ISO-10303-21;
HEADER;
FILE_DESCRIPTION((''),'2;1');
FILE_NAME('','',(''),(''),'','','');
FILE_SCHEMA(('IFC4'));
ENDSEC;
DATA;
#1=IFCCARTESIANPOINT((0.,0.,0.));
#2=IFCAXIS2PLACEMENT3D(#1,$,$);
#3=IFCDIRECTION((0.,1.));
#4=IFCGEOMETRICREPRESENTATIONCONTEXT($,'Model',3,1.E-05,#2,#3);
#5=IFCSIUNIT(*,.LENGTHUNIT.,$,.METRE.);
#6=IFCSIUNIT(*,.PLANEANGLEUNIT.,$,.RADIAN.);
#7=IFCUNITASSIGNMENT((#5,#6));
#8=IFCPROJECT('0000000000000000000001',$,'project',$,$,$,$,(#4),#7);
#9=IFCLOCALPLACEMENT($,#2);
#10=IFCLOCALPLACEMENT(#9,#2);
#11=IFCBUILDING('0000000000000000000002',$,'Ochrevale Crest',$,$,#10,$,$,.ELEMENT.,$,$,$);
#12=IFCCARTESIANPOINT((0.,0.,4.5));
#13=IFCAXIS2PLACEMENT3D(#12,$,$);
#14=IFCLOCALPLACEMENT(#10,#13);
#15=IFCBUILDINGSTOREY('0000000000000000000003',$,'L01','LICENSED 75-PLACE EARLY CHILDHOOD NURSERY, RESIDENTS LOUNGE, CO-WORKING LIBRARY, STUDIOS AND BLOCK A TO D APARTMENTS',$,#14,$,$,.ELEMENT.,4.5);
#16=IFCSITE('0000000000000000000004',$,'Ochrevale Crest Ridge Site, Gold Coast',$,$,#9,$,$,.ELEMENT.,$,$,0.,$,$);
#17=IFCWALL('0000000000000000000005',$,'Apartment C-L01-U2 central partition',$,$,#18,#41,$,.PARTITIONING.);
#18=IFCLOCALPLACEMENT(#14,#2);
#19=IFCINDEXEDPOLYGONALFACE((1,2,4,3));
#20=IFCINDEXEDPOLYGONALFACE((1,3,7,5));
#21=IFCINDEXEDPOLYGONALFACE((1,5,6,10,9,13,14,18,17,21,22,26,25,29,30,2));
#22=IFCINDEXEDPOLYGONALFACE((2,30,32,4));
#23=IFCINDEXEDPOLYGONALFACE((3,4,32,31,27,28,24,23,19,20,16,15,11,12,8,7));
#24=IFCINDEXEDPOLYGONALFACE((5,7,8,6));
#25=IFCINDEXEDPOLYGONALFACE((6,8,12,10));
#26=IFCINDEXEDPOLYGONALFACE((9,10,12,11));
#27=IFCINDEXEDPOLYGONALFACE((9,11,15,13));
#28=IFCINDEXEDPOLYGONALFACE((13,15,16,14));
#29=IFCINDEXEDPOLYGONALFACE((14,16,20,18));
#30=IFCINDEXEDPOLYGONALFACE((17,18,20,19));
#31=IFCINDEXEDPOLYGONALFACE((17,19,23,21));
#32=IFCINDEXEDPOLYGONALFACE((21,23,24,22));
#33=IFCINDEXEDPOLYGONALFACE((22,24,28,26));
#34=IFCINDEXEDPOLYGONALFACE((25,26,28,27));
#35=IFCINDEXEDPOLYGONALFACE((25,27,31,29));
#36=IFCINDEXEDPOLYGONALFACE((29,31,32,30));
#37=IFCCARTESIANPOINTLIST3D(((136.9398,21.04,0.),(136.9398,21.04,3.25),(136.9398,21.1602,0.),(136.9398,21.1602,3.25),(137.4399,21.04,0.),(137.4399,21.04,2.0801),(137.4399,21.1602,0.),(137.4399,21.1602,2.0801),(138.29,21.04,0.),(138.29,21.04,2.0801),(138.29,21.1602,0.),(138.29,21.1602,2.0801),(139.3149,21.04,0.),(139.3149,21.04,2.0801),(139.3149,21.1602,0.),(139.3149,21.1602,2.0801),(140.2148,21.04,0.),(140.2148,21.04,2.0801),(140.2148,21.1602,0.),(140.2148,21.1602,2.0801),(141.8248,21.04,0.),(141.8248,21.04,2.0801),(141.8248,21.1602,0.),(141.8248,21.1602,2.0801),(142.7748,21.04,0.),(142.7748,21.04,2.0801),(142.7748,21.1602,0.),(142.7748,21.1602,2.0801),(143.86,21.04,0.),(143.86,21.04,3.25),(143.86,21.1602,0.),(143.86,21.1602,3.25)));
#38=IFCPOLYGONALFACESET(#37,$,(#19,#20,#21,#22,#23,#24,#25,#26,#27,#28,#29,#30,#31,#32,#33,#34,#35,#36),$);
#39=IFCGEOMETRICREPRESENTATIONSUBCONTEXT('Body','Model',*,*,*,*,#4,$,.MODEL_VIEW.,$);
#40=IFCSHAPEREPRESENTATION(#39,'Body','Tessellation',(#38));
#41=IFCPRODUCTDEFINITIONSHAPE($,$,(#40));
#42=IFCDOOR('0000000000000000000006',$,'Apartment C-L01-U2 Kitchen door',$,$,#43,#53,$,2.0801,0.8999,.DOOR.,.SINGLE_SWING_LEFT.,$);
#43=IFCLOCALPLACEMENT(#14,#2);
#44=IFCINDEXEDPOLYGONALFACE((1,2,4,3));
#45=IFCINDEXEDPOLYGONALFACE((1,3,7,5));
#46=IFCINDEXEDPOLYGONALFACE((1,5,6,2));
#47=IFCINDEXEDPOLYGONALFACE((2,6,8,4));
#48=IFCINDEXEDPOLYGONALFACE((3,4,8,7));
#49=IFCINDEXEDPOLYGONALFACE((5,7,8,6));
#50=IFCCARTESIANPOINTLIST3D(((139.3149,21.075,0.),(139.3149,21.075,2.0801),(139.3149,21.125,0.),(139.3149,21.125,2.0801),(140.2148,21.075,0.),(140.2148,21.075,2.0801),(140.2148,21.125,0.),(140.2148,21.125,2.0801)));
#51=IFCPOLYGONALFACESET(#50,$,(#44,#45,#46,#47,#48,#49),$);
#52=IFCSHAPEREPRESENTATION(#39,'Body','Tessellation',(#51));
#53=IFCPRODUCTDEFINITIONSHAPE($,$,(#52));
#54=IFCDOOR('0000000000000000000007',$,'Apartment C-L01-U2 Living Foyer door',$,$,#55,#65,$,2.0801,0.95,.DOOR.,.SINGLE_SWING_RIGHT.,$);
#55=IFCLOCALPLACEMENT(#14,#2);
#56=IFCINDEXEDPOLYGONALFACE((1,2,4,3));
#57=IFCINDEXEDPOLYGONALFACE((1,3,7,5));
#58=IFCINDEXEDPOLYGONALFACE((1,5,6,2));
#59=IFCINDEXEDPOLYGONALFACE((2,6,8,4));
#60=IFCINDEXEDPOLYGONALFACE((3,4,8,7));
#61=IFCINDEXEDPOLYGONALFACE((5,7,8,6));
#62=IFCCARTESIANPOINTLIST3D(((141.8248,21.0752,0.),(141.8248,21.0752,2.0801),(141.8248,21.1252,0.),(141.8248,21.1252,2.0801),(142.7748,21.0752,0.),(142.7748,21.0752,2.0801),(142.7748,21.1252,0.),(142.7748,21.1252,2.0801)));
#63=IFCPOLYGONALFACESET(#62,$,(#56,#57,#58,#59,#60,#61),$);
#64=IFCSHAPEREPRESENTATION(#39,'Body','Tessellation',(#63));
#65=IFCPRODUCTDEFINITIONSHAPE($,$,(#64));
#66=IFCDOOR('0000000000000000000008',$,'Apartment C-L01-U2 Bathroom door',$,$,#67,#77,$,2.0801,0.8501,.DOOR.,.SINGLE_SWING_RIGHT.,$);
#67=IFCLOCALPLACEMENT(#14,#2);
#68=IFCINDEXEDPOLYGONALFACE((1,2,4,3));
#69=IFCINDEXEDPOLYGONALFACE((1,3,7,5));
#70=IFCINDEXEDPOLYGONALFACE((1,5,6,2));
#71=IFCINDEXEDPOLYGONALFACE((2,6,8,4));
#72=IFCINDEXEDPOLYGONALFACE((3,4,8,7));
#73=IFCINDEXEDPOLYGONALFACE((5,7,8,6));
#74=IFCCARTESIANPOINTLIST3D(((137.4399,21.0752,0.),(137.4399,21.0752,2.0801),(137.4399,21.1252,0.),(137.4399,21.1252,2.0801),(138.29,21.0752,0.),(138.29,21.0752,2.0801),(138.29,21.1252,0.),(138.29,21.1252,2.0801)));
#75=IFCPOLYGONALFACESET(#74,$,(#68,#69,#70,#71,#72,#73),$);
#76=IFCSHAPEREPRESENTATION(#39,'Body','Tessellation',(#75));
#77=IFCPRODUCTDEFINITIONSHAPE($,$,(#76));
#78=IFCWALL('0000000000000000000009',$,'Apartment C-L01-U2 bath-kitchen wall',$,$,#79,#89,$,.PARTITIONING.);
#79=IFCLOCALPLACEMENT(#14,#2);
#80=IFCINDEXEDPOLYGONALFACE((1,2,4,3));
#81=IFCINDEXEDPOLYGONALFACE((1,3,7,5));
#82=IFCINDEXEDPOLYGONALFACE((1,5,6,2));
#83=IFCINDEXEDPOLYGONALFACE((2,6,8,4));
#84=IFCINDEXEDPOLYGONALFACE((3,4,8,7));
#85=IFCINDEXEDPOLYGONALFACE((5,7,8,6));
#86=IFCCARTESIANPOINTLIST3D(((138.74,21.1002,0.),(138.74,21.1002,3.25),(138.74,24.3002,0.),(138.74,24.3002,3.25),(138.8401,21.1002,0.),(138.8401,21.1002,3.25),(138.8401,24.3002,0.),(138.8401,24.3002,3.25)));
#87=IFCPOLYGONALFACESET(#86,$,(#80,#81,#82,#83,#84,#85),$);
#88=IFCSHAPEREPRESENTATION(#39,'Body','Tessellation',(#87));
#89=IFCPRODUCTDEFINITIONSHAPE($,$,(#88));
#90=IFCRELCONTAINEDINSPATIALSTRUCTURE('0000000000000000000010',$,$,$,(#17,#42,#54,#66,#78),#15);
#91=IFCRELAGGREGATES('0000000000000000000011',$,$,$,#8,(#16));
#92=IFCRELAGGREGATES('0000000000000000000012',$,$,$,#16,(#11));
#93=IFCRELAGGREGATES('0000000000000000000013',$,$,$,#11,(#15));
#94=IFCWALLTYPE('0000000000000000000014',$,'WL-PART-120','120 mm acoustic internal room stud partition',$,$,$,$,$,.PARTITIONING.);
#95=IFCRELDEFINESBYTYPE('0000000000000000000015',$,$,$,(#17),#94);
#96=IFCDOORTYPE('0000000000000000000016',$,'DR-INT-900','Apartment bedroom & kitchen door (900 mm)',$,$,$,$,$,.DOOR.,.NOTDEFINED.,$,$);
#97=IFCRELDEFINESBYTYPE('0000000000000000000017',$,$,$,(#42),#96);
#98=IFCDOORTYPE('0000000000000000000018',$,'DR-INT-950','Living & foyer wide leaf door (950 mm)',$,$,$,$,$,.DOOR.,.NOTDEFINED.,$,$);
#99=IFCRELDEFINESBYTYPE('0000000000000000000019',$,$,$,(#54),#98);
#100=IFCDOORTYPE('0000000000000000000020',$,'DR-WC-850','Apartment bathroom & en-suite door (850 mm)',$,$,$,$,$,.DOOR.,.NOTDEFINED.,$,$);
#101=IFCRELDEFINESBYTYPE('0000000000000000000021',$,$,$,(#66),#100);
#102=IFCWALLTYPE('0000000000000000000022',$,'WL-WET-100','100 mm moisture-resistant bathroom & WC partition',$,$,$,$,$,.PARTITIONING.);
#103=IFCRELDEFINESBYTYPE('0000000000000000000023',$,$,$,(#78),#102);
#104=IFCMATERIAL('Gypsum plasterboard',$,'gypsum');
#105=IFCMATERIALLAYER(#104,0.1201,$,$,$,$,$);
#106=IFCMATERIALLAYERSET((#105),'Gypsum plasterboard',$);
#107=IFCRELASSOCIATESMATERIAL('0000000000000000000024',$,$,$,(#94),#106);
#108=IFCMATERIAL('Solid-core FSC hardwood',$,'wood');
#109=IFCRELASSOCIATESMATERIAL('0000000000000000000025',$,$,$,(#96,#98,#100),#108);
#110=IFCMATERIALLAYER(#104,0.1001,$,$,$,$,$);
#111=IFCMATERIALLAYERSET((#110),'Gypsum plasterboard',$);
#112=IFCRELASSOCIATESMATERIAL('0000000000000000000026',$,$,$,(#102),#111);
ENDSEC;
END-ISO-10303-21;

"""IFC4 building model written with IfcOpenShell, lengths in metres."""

from ifc_helpers import new_model, si_unit, direction, frame, frame_2d, origin, place, context, subcontext, project, spatial, rectangle, extrude, material, layer, layer_set, type_object, element, fill, save


model = new_model("IFC4")

# Units and contexts
model_context = context("Model", 3, precision=1e-05, world=origin(), true_north=direction((0.0, 1.0)))
body_context = subcontext(model_context, "Body", "Model", "MODEL_VIEW")
ifc_project = project(units=[si_unit("LENGTHUNIT", "METRE"), si_unit("PLANEANGLEUNIT", "RADIAN")], contexts=[model_context])

# Site, building, storey
site_placement = place(None, origin())
site = spatial("IfcSite", under=ifc_project, at=site_placement, Name="Ochrevale Crest Ridge Site, Gold Coast", CompositionType="ELEMENT", RefElevation=0.0)
building_placement = place(site_placement, origin())
building = spatial("IfcBuilding", under=site, at=building_placement, Name="Ochrevale Crest", CompositionType="ELEMENT")
storey_placement = place(building_placement, frame((0.0, 0.0, 4.5)))
storey = spatial("IfcBuildingStorey", under=building, at=storey_placement, Name="L01", Description="LICENSED 75-PLACE EARLY CHILDHOOD NURSERY, RESIDENTS LOUNGE, CO-WORKING LIBRARY, STUDIOS AND BLOCK A TO D APARTMENTS", CompositionType="ELEMENT", Elevation=4.5)

# Shared definitions
ifc_material_1 = material(Name="Gypsum plasterboard", Category="gypsum")
ifc_material_2 = material(Name="Solid-core FSC hardwood", Category="wood")

# Shared definitions
ifc_layer_1 = layer(ifc_material_1, 0.1201)
ifc_layer_set_1 = layer_set([ifc_layer_1], Name="Gypsum plasterboard")
wall_type_1 = type_object("IfcWallType", Name="WL-PART-120", Description="120 mm acoustic internal room stud partition", PredefinedType="PARTITIONING", material=ifc_layer_set_1)

# Wall, openings, doors
wall_1_placement = place(storey_placement, frame((136.9399, 21.1001, 0.0), z_axis=(0.0, 0.0, 1.0), x_axis=(1.0, 0.0, 0.0)))
wall_1 = element("IfcWall", 1, at=wall_1_placement, inside=storey, type_object=wall_type_1, Name="Apartment C-L01-U2 central partition", PredefinedType="PARTITIONING", context=body_context, shape_type="SweptSolid", body=[
    extrude(rectangle(XDim=6.9202, YDim=0.1201, at=frame_2d((3.46, 0.0))), origin(), (0.0, 0.0, 1.0), 3.25),
])
opening_1_placement = place(wall_1_placement, frame((1.3501, 0.0, 0.0), z_axis=(0.0, 0.0, 1.0), x_axis=(-1.0, 0.0, 0.0)))
opening_1 = element("IfcOpeningElement", 2, at=opening_1_placement, cuts=wall_1, PredefinedType="OPENING", context=body_context, shape_type="SweptSolid", body=[
    extrude(rectangle(XDim=0.8501, YDim=2.0801, at=frame_2d((0.425, 1.04))), frame((0.0, 0.0701, 0.0), z_axis=(0.0, -1.0, 0.0), x_axis=(1.0, 0.0, 0.0)), (0.0, 0.0, 1.0), 0.1401),
])
opening_2_placement = place(wall_1_placement, frame((2.375, 0.0, 0.0)))
opening_2 = element("IfcOpeningElement", 3, at=opening_2_placement, cuts=wall_1, PredefinedType="OPENING", context=body_context, shape_type="SweptSolid", body=[
    extrude(rectangle(XDim=0.8999, YDim=2.0801, at=frame_2d((0.45, 1.04))), frame((0.0, 0.0701, 0.0), z_axis=(0.0, -1.0, 0.0), x_axis=(1.0, 0.0, 0.0)), (0.0, 0.0, 1.0), 0.1401),
])
opening_3_placement = place(wall_1_placement, frame((5.835, 0.0, 0.0), z_axis=(0.0, 0.0, 1.0), x_axis=(-1.0, 0.0, 0.0)))
opening_3 = element("IfcOpeningElement", 4, at=opening_3_placement, cuts=wall_1, PredefinedType="OPENING", context=body_context, shape_type="SweptSolid", body=[
    extrude(rectangle(XDim=0.95, YDim=2.0801, at=frame_2d((0.4751, 1.04))), frame((0.0, 0.0701, 0.0), z_axis=(0.0, -1.0, 0.0), x_axis=(1.0, 0.0, 0.0)), (0.0, 0.0, 1.0), 0.1401),
])
door_type_1 = type_object("IfcDoorType", Name="DR-INT-900", Description="Apartment bedroom & kitchen door (900 mm)", OperationType="NOTDEFINED", PredefinedType="DOOR", material=ifc_material_2)
door_1_placement = place(opening_2_placement, origin())
door_1 = element("IfcDoor", 5, at=door_1_placement, inside=storey, type_object=door_type_1, Name="Apartment C-L01-U2 Kitchen door", OperationType="SINGLE_SWING_LEFT", OverallHeight=2.0801, OverallWidth=0.8999, PredefinedType="DOOR", context=body_context, shape_type="SweptSolid", body=[
    extrude(rectangle(XDim=0.8999, YDim=2.0801, at=frame_2d((0.45, 1.04))), frame((0.0, 0.0249, 0.0), z_axis=(0.0, -1.0, 0.0), x_axis=(1.0, 0.0, 0.0)), (0.0, 0.0, 1.0), 0.05),
])
fill(opening_2, door_1)
door_type_2 = type_object("IfcDoorType", Name="DR-INT-950", Description="Living & foyer wide leaf door (950 mm)", OperationType="NOTDEFINED", PredefinedType="DOOR", material=ifc_material_2)
door_2_placement = place(opening_3_placement, origin())
door_2 = element("IfcDoor", 6, at=door_2_placement, inside=storey, type_object=door_type_2, Name="Apartment C-L01-U2 Living Foyer door", OperationType="SINGLE_SWING_RIGHT", OverallHeight=2.0801, OverallWidth=0.95, PredefinedType="DOOR", context=body_context, shape_type="SweptSolid", body=[
    extrude(rectangle(XDim=0.95, YDim=2.0801, at=frame_2d((0.4751, 1.04))), frame((0.0, 0.0249, 0.0), z_axis=(0.0, -1.0, 0.0), x_axis=(1.0, 0.0, 0.0)), (0.0, 0.0, 1.0), 0.05),
])
fill(opening_3, door_2)
door_type_3 = type_object("IfcDoorType", Name="DR-WC-850", Description="Apartment bathroom & en-suite door (850 mm)", OperationType="NOTDEFINED", PredefinedType="DOOR", material=ifc_material_2)
door_3_placement = place(opening_1_placement, origin())
door_3 = element("IfcDoor", 7, at=door_3_placement, inside=storey, type_object=door_type_3, Name="Apartment C-L01-U2 Bathroom door", OperationType="SINGLE_SWING_RIGHT", OverallHeight=2.0801, OverallWidth=0.8501, PredefinedType="DOOR", context=body_context, shape_type="SweptSolid", body=[
    extrude(rectangle(XDim=0.8501, YDim=2.0801, at=frame_2d((0.425, 1.04))), frame((0.0, 0.0249, 0.0), z_axis=(0.0, -1.0, 0.0), x_axis=(1.0, 0.0, 0.0)), (0.0, 0.0, 1.0), 0.05),
])
fill(opening_1, door_3)

# Wall
ifc_layer_2 = layer(ifc_material_1, 0.1001)
ifc_layer_set_2 = layer_set([ifc_layer_2], Name="Gypsum plasterboard")
wall_type_2 = type_object("IfcWallType", Name="WL-WET-100", Description="100 mm moisture-resistant bathroom & WC partition", PredefinedType="PARTITIONING", material=ifc_layer_set_2)
wall_2_placement = place(storey_placement, frame((138.79, 21.1001, 0.0), z_axis=(0.0, 0.0, 1.0), x_axis=(0.0, 1.0, 0.0)))
element("IfcWall", 8, at=wall_2_placement, inside=storey, type_object=wall_type_2, Name="Apartment C-L01-U2 bath-kitchen wall", PredefinedType="PARTITIONING", context=body_context, shape_type="SweptSolid", body=[
    extrude(rectangle(XDim=3.2, YDim=0.1001, at=frame_2d((1.6001, 0.0))), origin(), (0.0, 0.0, 1.0), 3.25),
])

save(model, "model.ifc")
